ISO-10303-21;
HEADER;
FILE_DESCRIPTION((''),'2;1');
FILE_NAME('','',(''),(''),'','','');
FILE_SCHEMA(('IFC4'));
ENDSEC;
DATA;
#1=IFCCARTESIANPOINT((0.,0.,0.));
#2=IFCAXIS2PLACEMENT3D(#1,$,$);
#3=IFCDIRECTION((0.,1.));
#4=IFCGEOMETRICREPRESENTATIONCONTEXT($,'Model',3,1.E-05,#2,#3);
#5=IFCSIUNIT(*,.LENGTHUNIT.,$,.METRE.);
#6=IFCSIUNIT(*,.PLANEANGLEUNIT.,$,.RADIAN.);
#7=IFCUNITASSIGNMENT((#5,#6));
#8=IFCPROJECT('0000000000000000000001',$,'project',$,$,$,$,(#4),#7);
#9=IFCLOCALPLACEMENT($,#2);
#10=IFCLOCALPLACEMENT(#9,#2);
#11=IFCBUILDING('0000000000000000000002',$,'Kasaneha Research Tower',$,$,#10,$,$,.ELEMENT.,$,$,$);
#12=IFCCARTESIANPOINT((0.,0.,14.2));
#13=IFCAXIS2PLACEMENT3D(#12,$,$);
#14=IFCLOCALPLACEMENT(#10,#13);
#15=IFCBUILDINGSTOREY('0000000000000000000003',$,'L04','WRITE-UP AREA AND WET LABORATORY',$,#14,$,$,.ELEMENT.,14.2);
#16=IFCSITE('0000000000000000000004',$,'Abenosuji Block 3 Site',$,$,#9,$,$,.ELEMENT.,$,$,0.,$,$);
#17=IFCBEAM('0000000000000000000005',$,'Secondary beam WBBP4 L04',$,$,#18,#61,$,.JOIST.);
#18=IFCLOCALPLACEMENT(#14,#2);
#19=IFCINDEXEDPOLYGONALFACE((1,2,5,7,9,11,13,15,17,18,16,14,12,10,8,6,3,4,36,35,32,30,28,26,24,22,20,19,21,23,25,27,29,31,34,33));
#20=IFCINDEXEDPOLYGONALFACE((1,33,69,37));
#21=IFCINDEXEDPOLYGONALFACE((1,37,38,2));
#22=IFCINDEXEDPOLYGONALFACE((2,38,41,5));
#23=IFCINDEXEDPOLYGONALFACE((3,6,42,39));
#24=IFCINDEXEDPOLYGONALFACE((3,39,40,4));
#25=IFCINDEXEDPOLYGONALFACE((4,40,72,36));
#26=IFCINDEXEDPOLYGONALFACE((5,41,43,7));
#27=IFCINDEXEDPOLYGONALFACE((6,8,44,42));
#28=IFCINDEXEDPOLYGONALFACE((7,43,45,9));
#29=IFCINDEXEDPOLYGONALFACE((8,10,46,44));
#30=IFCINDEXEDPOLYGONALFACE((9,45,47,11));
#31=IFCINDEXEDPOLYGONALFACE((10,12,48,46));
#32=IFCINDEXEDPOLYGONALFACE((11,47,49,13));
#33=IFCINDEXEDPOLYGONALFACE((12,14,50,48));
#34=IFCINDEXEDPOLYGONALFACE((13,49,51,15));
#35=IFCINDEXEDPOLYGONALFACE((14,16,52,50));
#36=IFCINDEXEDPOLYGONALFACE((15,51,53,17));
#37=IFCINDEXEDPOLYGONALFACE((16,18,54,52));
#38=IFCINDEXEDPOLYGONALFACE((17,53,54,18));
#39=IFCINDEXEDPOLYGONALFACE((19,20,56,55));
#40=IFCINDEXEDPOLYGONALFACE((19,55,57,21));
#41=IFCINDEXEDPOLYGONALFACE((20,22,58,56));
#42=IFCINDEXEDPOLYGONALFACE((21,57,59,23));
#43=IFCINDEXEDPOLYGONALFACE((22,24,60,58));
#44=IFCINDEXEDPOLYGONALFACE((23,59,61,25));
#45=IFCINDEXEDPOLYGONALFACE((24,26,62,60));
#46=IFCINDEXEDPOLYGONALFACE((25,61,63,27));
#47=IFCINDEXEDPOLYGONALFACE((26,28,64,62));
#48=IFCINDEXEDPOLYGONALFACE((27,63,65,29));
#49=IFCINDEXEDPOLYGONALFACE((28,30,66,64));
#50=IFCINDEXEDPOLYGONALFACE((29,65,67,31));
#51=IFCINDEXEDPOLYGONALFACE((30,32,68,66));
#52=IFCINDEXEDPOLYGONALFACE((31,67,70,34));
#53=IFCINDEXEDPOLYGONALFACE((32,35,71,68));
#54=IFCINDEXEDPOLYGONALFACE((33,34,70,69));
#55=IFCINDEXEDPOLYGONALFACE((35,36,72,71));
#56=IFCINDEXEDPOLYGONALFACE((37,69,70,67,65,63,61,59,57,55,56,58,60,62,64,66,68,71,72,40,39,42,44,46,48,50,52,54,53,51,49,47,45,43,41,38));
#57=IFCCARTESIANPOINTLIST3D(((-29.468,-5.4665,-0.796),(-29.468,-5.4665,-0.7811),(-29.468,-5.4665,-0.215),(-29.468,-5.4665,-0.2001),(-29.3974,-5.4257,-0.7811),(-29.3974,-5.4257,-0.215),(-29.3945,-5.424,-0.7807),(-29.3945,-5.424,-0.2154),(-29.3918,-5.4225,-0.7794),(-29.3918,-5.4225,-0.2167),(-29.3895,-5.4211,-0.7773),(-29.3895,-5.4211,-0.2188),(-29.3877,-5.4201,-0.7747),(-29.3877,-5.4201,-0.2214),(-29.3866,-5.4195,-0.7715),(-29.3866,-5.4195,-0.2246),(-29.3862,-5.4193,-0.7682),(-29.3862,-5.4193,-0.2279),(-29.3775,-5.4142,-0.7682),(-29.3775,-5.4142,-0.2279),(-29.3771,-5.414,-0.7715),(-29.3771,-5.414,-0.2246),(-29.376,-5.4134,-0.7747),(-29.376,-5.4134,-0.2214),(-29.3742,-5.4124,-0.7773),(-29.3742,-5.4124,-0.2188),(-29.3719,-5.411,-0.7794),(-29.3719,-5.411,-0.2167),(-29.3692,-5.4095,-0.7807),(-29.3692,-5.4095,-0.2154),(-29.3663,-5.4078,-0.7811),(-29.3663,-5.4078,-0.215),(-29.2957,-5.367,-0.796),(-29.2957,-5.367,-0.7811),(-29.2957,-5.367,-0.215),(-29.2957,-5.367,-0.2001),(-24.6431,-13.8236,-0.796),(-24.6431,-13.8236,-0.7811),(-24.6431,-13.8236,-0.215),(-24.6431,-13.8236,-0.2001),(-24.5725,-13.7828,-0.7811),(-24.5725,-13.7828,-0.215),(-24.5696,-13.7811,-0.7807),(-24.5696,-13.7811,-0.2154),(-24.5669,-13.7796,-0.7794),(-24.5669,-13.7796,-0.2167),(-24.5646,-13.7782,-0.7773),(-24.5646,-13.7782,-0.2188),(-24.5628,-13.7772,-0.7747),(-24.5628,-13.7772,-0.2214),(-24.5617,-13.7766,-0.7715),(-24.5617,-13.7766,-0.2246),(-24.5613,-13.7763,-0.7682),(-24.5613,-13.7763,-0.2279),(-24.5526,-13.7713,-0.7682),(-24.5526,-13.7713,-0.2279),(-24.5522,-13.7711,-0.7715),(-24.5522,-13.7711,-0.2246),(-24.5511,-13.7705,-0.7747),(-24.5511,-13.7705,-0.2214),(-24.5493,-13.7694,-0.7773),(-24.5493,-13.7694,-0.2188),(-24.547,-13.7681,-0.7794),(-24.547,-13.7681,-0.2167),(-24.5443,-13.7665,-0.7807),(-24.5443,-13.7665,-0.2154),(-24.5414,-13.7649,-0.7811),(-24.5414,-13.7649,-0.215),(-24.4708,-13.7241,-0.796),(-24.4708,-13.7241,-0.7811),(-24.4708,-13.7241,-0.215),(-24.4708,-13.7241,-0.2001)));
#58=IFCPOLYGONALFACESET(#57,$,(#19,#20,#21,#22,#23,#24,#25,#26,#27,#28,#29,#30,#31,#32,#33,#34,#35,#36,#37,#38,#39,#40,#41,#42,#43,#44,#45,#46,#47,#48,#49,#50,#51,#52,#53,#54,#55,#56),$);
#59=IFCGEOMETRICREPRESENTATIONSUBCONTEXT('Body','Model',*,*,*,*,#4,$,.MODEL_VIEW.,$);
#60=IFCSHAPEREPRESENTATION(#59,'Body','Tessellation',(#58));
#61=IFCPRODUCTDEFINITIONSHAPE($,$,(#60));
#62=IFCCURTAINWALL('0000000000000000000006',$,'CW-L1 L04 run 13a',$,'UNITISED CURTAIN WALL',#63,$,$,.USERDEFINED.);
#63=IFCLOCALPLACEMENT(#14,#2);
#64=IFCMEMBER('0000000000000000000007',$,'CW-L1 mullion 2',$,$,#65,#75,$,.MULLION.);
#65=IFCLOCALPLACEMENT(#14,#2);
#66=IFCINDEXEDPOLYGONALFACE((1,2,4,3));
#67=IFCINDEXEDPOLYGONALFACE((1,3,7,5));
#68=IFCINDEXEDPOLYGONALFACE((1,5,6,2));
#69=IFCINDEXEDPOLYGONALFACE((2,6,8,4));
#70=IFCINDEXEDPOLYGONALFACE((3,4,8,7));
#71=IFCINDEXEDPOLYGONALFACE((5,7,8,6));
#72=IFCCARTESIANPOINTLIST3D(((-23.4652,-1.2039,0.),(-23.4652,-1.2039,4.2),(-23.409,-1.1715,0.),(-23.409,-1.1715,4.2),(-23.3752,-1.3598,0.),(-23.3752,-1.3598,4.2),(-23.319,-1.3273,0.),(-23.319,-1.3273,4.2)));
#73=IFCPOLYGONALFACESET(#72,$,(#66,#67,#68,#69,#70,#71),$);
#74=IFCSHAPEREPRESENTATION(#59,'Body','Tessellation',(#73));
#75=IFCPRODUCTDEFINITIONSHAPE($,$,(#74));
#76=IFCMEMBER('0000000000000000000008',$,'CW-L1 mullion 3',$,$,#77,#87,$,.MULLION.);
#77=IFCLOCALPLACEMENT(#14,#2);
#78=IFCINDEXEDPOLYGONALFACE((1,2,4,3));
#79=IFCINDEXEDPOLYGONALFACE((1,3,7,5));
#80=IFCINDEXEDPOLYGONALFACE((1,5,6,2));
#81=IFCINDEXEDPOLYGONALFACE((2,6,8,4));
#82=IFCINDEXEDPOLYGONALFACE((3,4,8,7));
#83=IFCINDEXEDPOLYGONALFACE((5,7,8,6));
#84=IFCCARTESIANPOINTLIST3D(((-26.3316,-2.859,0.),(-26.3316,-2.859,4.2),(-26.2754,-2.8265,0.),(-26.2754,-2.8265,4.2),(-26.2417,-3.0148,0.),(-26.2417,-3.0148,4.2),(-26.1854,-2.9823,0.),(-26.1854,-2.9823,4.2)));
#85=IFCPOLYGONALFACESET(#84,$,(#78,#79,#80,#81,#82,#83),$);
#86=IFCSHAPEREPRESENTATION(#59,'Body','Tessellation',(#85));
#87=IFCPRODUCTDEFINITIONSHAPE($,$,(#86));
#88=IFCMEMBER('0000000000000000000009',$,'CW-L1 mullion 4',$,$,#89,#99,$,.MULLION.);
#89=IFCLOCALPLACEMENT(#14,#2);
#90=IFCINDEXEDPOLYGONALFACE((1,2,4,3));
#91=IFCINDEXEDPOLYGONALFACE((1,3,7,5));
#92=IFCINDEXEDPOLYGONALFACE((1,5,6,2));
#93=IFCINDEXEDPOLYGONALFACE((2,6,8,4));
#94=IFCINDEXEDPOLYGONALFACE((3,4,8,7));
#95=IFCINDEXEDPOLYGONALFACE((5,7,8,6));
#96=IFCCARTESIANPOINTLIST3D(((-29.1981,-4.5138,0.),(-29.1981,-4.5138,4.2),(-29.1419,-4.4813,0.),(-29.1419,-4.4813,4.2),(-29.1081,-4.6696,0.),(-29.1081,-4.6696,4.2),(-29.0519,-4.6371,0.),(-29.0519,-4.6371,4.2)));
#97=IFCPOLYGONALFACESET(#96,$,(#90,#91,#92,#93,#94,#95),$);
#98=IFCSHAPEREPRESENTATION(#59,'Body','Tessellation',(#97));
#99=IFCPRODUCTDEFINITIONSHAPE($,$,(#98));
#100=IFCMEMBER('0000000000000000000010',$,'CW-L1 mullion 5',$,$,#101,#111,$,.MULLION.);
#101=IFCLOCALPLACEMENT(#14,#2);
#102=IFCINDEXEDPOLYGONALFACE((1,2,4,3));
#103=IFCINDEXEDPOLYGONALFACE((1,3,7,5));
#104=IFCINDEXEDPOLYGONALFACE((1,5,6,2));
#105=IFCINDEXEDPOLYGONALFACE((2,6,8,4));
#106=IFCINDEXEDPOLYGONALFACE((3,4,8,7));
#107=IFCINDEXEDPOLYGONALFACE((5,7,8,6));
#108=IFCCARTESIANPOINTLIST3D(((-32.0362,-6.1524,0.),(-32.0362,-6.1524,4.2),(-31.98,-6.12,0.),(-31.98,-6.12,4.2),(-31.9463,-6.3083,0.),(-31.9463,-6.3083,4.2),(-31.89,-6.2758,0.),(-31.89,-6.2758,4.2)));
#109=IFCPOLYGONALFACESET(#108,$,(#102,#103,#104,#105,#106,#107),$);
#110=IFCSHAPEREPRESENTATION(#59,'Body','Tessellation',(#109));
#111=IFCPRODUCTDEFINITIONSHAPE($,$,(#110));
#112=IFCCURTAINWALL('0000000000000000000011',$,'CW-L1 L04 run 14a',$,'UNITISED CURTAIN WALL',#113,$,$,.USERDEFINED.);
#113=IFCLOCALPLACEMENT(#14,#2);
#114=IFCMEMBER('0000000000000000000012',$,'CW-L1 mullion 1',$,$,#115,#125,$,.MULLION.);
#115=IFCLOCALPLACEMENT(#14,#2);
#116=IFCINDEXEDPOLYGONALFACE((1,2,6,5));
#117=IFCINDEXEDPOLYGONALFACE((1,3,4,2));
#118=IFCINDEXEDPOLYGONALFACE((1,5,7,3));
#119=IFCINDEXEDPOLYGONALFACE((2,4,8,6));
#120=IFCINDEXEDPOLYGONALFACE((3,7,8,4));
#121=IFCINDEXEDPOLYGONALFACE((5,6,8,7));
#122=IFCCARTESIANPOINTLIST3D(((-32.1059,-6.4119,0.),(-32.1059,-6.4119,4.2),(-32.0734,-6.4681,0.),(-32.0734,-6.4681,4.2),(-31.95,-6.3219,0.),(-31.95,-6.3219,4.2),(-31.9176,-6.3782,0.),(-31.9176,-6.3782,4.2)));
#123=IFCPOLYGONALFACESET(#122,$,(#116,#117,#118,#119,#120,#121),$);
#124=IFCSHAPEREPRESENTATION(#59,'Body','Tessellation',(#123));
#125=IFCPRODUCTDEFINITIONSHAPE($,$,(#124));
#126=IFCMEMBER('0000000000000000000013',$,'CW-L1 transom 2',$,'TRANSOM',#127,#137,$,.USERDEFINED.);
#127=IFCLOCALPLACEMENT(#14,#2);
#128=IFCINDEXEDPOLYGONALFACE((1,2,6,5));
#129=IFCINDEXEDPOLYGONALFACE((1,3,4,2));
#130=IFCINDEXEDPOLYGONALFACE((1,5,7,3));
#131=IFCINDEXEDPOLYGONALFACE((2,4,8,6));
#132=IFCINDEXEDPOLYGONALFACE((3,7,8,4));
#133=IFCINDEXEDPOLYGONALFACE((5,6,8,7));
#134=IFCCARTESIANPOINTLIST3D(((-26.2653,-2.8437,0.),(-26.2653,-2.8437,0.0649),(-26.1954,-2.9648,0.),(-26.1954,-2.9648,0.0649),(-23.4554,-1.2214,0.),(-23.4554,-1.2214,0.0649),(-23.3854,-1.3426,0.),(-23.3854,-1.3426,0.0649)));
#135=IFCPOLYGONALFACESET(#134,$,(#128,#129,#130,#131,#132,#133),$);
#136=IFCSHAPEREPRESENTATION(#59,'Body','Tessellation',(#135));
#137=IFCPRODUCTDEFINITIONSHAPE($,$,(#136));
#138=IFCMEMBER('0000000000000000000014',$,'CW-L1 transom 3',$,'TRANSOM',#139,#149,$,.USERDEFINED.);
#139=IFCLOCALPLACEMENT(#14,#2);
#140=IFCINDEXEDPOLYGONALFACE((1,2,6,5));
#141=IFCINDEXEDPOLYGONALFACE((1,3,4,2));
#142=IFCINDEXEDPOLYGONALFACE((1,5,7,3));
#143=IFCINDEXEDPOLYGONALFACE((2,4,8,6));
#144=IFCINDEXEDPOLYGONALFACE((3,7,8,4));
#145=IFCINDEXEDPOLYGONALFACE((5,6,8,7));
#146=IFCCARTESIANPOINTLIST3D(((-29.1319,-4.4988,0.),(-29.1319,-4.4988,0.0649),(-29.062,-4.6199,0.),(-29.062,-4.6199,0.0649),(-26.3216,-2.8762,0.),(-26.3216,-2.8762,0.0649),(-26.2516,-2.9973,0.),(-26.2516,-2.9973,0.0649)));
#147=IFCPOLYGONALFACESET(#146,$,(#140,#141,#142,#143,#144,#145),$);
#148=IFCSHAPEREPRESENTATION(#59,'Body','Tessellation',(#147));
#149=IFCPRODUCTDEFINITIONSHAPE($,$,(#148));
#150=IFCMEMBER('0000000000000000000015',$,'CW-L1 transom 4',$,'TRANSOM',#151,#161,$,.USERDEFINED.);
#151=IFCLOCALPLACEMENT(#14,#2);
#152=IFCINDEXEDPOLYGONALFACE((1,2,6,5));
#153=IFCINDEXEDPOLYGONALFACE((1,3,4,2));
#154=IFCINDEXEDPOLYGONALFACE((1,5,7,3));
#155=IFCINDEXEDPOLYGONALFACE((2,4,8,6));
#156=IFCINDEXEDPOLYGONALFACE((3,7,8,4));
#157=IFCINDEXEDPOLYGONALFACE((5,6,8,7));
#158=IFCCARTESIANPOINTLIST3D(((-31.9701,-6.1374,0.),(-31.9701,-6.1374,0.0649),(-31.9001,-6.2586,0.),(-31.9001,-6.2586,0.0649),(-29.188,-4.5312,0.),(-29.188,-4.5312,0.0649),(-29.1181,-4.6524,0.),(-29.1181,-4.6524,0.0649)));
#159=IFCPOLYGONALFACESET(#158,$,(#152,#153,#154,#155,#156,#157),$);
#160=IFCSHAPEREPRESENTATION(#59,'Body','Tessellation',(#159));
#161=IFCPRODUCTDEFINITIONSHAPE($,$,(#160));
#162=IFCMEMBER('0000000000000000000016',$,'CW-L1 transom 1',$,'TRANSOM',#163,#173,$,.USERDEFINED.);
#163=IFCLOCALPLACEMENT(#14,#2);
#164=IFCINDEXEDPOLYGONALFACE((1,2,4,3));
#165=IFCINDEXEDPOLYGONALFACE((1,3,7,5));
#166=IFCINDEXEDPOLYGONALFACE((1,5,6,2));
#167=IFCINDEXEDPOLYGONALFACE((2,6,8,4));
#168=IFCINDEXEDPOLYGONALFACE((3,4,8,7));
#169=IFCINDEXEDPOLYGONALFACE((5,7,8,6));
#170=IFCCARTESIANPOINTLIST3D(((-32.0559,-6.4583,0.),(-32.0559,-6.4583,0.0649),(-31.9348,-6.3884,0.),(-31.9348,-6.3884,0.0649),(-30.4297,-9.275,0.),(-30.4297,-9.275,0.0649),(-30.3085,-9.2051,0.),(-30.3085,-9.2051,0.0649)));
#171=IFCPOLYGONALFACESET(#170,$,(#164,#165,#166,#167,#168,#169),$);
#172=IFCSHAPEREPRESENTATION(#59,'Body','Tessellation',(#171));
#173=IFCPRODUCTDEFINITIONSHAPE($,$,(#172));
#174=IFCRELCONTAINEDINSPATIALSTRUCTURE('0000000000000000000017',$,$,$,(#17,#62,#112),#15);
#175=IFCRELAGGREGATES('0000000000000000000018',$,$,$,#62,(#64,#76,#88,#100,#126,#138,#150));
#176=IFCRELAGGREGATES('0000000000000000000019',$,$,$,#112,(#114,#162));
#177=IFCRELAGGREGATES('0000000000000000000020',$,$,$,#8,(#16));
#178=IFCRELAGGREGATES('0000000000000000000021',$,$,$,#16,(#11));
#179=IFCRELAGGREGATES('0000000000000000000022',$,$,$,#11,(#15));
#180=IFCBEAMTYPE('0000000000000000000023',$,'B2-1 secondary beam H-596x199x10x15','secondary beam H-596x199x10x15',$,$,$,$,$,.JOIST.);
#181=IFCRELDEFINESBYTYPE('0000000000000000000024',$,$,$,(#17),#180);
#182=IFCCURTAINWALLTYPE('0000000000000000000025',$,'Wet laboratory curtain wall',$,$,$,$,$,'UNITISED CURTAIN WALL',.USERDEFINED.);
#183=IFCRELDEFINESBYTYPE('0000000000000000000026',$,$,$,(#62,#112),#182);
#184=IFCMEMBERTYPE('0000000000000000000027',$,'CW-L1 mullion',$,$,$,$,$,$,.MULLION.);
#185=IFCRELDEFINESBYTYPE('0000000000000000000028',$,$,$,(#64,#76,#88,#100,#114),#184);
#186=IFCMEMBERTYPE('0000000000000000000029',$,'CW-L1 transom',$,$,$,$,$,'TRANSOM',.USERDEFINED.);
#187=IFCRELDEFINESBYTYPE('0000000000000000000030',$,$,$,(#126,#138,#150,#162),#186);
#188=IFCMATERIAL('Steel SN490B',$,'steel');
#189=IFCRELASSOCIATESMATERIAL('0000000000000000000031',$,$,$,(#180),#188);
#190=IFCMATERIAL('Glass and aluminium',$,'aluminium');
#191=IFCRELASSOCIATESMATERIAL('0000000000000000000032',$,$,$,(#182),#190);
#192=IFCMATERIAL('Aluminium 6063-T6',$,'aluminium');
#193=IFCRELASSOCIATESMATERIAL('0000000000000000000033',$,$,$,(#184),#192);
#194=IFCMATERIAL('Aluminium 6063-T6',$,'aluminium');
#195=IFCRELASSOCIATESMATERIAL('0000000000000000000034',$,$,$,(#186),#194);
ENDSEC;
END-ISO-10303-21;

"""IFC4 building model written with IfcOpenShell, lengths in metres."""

from ifc_helpers import new_model, si_unit, direction, frame, origin, origin_2d, place, context, subcontext, project, spatial, rectangle, i_section, extrude, material, material_profile, profile_set, type_object, element, aggregate, save


model = new_model("IFC4")

# Units and contexts
model_context = context("Model", 3, precision=1e-05, world=origin(), true_north=direction((0.0, 1.0)))
body_context = subcontext(model_context, "Body", "Model", "MODEL_VIEW")
ifc_project = project(units=[si_unit("LENGTHUNIT", "METRE"), si_unit("PLANEANGLEUNIT", "RADIAN")], contexts=[model_context])

# Site, building, storey
site_placement = place(None, origin())
site = spatial("IfcSite", under=ifc_project, at=site_placement, Name="Abenosuji Block 3 Site", CompositionType="ELEMENT", RefElevation=0.0)
building_placement = place(site_placement, origin())
building = spatial("IfcBuilding", under=site, at=building_placement, Name="Kasaneha Research Tower", CompositionType="ELEMENT")
storey_placement = place(building_placement, frame((0.0, 0.0, 14.2)))
storey = spatial("IfcBuildingStorey", under=building, at=storey_placement, Name="L04", Description="WRITE-UP AREA AND WET LABORATORY", CompositionType="ELEMENT", Elevation=14.2)

# Beam
ifc_material_1 = material(Name="Steel SN490B", Category="steel")
ifc_material_profile_1 = material_profile(ifc_material_1, i_section(OverallWidth=0.199, OverallDepth=0.5959, WebThickness=0.01, FlangeThickness=0.0149, FilletRadius=0.0129, at=origin_2d()), Name="H-596x199x10x15")
ifc_profile_set_1 = profile_set([ifc_material_profile_1], Name="Steel SN490B")
beam_type_1 = type_object("IfcBeamType", Name="B2-1 secondary beam H-596x199x10x15", Description="secondary beam H-596x199x10x15", PredefinedType="JOIST", material=ifc_profile_set_1)
for number, where, z_axis, x_axis, name in (
    (1, (-29.3818, -5.4167, -0.498), (0.499995, -0.866028, 0.0), (0.866028, 0.499995, 0.0), "Secondary beam WBBP4 L04"),
):
    element("IfcBeam", number, at=place(storey_placement, frame(where, z_axis=z_axis, x_axis=x_axis)), inside=storey, type_object=beam_type_1, Name=name, PredefinedType="JOIST", context=body_context, shape_type="SweptSolid", body=[
        extrude(i_section(OverallWidth=0.199, OverallDepth=0.5959, WebThickness=0.01, FlangeThickness=0.0149, FilletRadius=0.0129, at=origin_2d()), origin(), (0.0, 0.0, 1.0), 9.6499),
    ])

# Curtain wall, members
ifc_material_2 = material(Name="Glass and aluminium", Category="aluminium")
curtain_wall_type = type_object("IfcCurtainWallType", Name="Wet laboratory curtain wall", ElementType="UNITISED CURTAIN WALL", PredefinedType="USERDEFINED", material=ifc_material_2)
curtain_wall_1_placement = place(storey_placement, origin())
curtain_wall_1 = element("IfcCurtainWall", 2, at=curtain_wall_1_placement, inside=storey, type_object=curtain_wall_type, Name="CW-L1 L04 run 13a", ObjectType="UNITISED CURTAIN WALL", PredefinedType="USERDEFINED")
ifc_material_3 = material(Name="Aluminium 6063-T6", Category="aluminium")
ifc_material_profile_2 = material_profile(ifc_material_3, rectangle(XDim=0.0649, YDim=0.1799, at=origin_2d()), Name="CW-L1 mullion 65x180")
ifc_profile_set_2 = profile_set([ifc_material_profile_2], Name="Aluminium 6063-T6")
member_type_1 = type_object("IfcMemberType", Name="CW-L1 mullion", PredefinedType="MULLION", material=ifc_profile_set_2)
member_1_placement = place(storey_placement, frame((-23.3921, -1.2656, 0.0), z_axis=(0.0, 0.0, 1.0), x_axis=(-0.866025, -0.5, 0.0)))
member_1 = element("IfcMember", 3, at=member_1_placement, type_object=member_type_1, Name="CW-L1 mullion 2", PredefinedType="MULLION", context=body_context, shape_type="SweptSolid", body=[
    extrude(rectangle(XDim=0.0649, YDim=0.1799, at=origin_2d()), origin(), (0.0, 0.0, 1.0), 4.2),
])
member_2_placement = place(storey_placement, frame((-26.2585, -2.9207, 0.0), z_axis=(0.0, 0.0, 1.0), x_axis=(-0.866025, -0.5, 0.0)))
member_2 = element("IfcMember", 4, at=member_2_placement, type_object=member_type_1, Name="CW-L1 mullion 3", PredefinedType="MULLION", context=body_context, shape_type="SweptSolid", body=[
    extrude(rectangle(XDim=0.0649, YDim=0.1799, at=origin_2d()), origin(), (0.0, 0.0, 1.0), 4.2),
])
member_3_placement = place(storey_placement, frame((-29.125, -4.5754, 0.0), z_axis=(0.0, 0.0, 1.0), x_axis=(-0.866025, -0.5, 0.0)))
member_3 = element("IfcMember", 5, at=member_3_placement, type_object=member_type_1, Name="CW-L1 mullion 4", PredefinedType="MULLION", context=body_context, shape_type="SweptSolid", body=[
    extrude(rectangle(XDim=0.0649, YDim=0.1799, at=origin_2d()), origin(), (0.0, 0.0, 1.0), 4.2),
])
member_4_placement = place(storey_placement, frame((-31.9631, -6.2141, 0.0), z_axis=(0.0, 0.0, 1.0), x_axis=(-0.866025, -0.5, 0.0)))
member_4 = element("IfcMember", 6, at=member_4_placement, type_object=member_type_1, Name="CW-L1 mullion 5", PredefinedType="MULLION", context=body_context, shape_type="SweptSolid", body=[
    extrude(rectangle(XDim=0.0649, YDim=0.1799, at=origin_2d()), origin(), (0.0, 0.0, 1.0), 4.2),
])

# Curtain wall, member
curtain_wall_2_placement = place(storey_placement, origin())
curtain_wall_2 = element("IfcCurtainWall", 7, at=curtain_wall_2_placement, inside=storey, type_object=curtain_wall_type, Name="CW-L1 L04 run 14a", ObjectType="UNITISED CURTAIN WALL", PredefinedType="USERDEFINED")
member_5_placement = place(storey_placement, frame((-32.0117, -6.395, 0.0), z_axis=(0.0, 0.0, 1.0), x_axis=(0.5, -0.866025, 0.0)))
member_5 = element("IfcMember", 8, at=member_5_placement, type_object=member_type_1, Name="CW-L1 mullion 1", PredefinedType="MULLION", context=body_context, shape_type="SweptSolid", body=[
    extrude(rectangle(XDim=0.0649, YDim=0.1799, at=origin_2d()), origin(), (0.0, 0.0, 1.0), 4.2),
])

# Members
ifc_material_4 = material(Name="Aluminium 6063-T6", Category="aluminium")
ifc_material_profile_3 = material_profile(ifc_material_4, rectangle(XDim=0.1399, YDim=0.0649, at=origin_2d()), Name="CW-L1 transom 140x65")
ifc_profile_set_3 = profile_set([ifc_material_profile_3], Name="Aluminium 6063-T6")
member_type_2 = type_object("IfcMemberType", Name="CW-L1 transom", ElementType="TRANSOM", PredefinedType="USERDEFINED", material=ifc_profile_set_3)
member_6_placement = place(storey_placement, frame((-23.4204, -1.282, 0.0325), z_axis=(-0.866035, -0.499983, 0.0), x_axis=(0.499983, -0.866035, 0.0)))
member_6 = element("IfcMember", 9, at=member_6_placement, type_object=member_type_2, Name="CW-L1 transom 2", ObjectType="TRANSOM", PredefinedType="USERDEFINED", context=body_context, shape_type="SweptSolid", body=[
    extrude(rectangle(XDim=0.1399, YDim=0.0649, at=origin_2d()), origin(), (0.0, 0.0, 1.0), 3.2446),
])
member_7_placement = place(storey_placement, frame((-26.2866, -2.9368, 0.0325), z_axis=(-0.866021, -0.500007, 0.0), x_axis=(0.500007, -0.866021, 0.0)))
member_7 = element("IfcMember", 10, at=member_7_placement, type_object=member_type_2, Name="CW-L1 transom 3", ObjectType="TRANSOM", PredefinedType="USERDEFINED", context=body_context, shape_type="SweptSolid", body=[
    extrude(rectangle(XDim=0.1399, YDim=0.0649, at=origin_2d()), origin(), (0.0, 0.0, 1.0), 3.2451),
])
member_8_placement = place(storey_placement, frame((-29.1531, -4.5918, 0.0325), z_axis=(-0.866022, -0.500005, 0.0), x_axis=(0.500005, -0.866022, 0.0)))
member_8 = element("IfcMember", 11, at=member_8_placement, type_object=member_type_2, Name="CW-L1 transom 4", ObjectType="TRANSOM", PredefinedType="USERDEFINED", context=body_context, shape_type="SweptSolid", body=[
    extrude(rectangle(XDim=0.1399, YDim=0.0649, at=origin_2d()), origin(), (0.0, 0.0, 1.0), 3.2124),
])
member_9_placement = place(storey_placement, frame((-31.9954, -6.4233, 0.0325), z_axis=(0.500006, -0.866022, 0.0), x_axis=(0.866022, 0.500006, 0.0)))
member_9 = element("IfcMember", 12, at=member_9_placement, type_object=member_type_2, Name="CW-L1 transom 1", ObjectType="TRANSOM", PredefinedType="USERDEFINED", context=body_context, shape_type="SweptSolid", body=[
    extrude(rectangle(XDim=0.1399, YDim=0.0649, at=origin_2d()), origin(), (0.0, 0.0, 1.0), 3.2524),
])

aggregate(curtain_wall_1, [member_1, member_2, member_3, member_4, member_6, member_7, member_8])
aggregate(curtain_wall_2, [member_5, member_9])

save(model, "model.ifc")
